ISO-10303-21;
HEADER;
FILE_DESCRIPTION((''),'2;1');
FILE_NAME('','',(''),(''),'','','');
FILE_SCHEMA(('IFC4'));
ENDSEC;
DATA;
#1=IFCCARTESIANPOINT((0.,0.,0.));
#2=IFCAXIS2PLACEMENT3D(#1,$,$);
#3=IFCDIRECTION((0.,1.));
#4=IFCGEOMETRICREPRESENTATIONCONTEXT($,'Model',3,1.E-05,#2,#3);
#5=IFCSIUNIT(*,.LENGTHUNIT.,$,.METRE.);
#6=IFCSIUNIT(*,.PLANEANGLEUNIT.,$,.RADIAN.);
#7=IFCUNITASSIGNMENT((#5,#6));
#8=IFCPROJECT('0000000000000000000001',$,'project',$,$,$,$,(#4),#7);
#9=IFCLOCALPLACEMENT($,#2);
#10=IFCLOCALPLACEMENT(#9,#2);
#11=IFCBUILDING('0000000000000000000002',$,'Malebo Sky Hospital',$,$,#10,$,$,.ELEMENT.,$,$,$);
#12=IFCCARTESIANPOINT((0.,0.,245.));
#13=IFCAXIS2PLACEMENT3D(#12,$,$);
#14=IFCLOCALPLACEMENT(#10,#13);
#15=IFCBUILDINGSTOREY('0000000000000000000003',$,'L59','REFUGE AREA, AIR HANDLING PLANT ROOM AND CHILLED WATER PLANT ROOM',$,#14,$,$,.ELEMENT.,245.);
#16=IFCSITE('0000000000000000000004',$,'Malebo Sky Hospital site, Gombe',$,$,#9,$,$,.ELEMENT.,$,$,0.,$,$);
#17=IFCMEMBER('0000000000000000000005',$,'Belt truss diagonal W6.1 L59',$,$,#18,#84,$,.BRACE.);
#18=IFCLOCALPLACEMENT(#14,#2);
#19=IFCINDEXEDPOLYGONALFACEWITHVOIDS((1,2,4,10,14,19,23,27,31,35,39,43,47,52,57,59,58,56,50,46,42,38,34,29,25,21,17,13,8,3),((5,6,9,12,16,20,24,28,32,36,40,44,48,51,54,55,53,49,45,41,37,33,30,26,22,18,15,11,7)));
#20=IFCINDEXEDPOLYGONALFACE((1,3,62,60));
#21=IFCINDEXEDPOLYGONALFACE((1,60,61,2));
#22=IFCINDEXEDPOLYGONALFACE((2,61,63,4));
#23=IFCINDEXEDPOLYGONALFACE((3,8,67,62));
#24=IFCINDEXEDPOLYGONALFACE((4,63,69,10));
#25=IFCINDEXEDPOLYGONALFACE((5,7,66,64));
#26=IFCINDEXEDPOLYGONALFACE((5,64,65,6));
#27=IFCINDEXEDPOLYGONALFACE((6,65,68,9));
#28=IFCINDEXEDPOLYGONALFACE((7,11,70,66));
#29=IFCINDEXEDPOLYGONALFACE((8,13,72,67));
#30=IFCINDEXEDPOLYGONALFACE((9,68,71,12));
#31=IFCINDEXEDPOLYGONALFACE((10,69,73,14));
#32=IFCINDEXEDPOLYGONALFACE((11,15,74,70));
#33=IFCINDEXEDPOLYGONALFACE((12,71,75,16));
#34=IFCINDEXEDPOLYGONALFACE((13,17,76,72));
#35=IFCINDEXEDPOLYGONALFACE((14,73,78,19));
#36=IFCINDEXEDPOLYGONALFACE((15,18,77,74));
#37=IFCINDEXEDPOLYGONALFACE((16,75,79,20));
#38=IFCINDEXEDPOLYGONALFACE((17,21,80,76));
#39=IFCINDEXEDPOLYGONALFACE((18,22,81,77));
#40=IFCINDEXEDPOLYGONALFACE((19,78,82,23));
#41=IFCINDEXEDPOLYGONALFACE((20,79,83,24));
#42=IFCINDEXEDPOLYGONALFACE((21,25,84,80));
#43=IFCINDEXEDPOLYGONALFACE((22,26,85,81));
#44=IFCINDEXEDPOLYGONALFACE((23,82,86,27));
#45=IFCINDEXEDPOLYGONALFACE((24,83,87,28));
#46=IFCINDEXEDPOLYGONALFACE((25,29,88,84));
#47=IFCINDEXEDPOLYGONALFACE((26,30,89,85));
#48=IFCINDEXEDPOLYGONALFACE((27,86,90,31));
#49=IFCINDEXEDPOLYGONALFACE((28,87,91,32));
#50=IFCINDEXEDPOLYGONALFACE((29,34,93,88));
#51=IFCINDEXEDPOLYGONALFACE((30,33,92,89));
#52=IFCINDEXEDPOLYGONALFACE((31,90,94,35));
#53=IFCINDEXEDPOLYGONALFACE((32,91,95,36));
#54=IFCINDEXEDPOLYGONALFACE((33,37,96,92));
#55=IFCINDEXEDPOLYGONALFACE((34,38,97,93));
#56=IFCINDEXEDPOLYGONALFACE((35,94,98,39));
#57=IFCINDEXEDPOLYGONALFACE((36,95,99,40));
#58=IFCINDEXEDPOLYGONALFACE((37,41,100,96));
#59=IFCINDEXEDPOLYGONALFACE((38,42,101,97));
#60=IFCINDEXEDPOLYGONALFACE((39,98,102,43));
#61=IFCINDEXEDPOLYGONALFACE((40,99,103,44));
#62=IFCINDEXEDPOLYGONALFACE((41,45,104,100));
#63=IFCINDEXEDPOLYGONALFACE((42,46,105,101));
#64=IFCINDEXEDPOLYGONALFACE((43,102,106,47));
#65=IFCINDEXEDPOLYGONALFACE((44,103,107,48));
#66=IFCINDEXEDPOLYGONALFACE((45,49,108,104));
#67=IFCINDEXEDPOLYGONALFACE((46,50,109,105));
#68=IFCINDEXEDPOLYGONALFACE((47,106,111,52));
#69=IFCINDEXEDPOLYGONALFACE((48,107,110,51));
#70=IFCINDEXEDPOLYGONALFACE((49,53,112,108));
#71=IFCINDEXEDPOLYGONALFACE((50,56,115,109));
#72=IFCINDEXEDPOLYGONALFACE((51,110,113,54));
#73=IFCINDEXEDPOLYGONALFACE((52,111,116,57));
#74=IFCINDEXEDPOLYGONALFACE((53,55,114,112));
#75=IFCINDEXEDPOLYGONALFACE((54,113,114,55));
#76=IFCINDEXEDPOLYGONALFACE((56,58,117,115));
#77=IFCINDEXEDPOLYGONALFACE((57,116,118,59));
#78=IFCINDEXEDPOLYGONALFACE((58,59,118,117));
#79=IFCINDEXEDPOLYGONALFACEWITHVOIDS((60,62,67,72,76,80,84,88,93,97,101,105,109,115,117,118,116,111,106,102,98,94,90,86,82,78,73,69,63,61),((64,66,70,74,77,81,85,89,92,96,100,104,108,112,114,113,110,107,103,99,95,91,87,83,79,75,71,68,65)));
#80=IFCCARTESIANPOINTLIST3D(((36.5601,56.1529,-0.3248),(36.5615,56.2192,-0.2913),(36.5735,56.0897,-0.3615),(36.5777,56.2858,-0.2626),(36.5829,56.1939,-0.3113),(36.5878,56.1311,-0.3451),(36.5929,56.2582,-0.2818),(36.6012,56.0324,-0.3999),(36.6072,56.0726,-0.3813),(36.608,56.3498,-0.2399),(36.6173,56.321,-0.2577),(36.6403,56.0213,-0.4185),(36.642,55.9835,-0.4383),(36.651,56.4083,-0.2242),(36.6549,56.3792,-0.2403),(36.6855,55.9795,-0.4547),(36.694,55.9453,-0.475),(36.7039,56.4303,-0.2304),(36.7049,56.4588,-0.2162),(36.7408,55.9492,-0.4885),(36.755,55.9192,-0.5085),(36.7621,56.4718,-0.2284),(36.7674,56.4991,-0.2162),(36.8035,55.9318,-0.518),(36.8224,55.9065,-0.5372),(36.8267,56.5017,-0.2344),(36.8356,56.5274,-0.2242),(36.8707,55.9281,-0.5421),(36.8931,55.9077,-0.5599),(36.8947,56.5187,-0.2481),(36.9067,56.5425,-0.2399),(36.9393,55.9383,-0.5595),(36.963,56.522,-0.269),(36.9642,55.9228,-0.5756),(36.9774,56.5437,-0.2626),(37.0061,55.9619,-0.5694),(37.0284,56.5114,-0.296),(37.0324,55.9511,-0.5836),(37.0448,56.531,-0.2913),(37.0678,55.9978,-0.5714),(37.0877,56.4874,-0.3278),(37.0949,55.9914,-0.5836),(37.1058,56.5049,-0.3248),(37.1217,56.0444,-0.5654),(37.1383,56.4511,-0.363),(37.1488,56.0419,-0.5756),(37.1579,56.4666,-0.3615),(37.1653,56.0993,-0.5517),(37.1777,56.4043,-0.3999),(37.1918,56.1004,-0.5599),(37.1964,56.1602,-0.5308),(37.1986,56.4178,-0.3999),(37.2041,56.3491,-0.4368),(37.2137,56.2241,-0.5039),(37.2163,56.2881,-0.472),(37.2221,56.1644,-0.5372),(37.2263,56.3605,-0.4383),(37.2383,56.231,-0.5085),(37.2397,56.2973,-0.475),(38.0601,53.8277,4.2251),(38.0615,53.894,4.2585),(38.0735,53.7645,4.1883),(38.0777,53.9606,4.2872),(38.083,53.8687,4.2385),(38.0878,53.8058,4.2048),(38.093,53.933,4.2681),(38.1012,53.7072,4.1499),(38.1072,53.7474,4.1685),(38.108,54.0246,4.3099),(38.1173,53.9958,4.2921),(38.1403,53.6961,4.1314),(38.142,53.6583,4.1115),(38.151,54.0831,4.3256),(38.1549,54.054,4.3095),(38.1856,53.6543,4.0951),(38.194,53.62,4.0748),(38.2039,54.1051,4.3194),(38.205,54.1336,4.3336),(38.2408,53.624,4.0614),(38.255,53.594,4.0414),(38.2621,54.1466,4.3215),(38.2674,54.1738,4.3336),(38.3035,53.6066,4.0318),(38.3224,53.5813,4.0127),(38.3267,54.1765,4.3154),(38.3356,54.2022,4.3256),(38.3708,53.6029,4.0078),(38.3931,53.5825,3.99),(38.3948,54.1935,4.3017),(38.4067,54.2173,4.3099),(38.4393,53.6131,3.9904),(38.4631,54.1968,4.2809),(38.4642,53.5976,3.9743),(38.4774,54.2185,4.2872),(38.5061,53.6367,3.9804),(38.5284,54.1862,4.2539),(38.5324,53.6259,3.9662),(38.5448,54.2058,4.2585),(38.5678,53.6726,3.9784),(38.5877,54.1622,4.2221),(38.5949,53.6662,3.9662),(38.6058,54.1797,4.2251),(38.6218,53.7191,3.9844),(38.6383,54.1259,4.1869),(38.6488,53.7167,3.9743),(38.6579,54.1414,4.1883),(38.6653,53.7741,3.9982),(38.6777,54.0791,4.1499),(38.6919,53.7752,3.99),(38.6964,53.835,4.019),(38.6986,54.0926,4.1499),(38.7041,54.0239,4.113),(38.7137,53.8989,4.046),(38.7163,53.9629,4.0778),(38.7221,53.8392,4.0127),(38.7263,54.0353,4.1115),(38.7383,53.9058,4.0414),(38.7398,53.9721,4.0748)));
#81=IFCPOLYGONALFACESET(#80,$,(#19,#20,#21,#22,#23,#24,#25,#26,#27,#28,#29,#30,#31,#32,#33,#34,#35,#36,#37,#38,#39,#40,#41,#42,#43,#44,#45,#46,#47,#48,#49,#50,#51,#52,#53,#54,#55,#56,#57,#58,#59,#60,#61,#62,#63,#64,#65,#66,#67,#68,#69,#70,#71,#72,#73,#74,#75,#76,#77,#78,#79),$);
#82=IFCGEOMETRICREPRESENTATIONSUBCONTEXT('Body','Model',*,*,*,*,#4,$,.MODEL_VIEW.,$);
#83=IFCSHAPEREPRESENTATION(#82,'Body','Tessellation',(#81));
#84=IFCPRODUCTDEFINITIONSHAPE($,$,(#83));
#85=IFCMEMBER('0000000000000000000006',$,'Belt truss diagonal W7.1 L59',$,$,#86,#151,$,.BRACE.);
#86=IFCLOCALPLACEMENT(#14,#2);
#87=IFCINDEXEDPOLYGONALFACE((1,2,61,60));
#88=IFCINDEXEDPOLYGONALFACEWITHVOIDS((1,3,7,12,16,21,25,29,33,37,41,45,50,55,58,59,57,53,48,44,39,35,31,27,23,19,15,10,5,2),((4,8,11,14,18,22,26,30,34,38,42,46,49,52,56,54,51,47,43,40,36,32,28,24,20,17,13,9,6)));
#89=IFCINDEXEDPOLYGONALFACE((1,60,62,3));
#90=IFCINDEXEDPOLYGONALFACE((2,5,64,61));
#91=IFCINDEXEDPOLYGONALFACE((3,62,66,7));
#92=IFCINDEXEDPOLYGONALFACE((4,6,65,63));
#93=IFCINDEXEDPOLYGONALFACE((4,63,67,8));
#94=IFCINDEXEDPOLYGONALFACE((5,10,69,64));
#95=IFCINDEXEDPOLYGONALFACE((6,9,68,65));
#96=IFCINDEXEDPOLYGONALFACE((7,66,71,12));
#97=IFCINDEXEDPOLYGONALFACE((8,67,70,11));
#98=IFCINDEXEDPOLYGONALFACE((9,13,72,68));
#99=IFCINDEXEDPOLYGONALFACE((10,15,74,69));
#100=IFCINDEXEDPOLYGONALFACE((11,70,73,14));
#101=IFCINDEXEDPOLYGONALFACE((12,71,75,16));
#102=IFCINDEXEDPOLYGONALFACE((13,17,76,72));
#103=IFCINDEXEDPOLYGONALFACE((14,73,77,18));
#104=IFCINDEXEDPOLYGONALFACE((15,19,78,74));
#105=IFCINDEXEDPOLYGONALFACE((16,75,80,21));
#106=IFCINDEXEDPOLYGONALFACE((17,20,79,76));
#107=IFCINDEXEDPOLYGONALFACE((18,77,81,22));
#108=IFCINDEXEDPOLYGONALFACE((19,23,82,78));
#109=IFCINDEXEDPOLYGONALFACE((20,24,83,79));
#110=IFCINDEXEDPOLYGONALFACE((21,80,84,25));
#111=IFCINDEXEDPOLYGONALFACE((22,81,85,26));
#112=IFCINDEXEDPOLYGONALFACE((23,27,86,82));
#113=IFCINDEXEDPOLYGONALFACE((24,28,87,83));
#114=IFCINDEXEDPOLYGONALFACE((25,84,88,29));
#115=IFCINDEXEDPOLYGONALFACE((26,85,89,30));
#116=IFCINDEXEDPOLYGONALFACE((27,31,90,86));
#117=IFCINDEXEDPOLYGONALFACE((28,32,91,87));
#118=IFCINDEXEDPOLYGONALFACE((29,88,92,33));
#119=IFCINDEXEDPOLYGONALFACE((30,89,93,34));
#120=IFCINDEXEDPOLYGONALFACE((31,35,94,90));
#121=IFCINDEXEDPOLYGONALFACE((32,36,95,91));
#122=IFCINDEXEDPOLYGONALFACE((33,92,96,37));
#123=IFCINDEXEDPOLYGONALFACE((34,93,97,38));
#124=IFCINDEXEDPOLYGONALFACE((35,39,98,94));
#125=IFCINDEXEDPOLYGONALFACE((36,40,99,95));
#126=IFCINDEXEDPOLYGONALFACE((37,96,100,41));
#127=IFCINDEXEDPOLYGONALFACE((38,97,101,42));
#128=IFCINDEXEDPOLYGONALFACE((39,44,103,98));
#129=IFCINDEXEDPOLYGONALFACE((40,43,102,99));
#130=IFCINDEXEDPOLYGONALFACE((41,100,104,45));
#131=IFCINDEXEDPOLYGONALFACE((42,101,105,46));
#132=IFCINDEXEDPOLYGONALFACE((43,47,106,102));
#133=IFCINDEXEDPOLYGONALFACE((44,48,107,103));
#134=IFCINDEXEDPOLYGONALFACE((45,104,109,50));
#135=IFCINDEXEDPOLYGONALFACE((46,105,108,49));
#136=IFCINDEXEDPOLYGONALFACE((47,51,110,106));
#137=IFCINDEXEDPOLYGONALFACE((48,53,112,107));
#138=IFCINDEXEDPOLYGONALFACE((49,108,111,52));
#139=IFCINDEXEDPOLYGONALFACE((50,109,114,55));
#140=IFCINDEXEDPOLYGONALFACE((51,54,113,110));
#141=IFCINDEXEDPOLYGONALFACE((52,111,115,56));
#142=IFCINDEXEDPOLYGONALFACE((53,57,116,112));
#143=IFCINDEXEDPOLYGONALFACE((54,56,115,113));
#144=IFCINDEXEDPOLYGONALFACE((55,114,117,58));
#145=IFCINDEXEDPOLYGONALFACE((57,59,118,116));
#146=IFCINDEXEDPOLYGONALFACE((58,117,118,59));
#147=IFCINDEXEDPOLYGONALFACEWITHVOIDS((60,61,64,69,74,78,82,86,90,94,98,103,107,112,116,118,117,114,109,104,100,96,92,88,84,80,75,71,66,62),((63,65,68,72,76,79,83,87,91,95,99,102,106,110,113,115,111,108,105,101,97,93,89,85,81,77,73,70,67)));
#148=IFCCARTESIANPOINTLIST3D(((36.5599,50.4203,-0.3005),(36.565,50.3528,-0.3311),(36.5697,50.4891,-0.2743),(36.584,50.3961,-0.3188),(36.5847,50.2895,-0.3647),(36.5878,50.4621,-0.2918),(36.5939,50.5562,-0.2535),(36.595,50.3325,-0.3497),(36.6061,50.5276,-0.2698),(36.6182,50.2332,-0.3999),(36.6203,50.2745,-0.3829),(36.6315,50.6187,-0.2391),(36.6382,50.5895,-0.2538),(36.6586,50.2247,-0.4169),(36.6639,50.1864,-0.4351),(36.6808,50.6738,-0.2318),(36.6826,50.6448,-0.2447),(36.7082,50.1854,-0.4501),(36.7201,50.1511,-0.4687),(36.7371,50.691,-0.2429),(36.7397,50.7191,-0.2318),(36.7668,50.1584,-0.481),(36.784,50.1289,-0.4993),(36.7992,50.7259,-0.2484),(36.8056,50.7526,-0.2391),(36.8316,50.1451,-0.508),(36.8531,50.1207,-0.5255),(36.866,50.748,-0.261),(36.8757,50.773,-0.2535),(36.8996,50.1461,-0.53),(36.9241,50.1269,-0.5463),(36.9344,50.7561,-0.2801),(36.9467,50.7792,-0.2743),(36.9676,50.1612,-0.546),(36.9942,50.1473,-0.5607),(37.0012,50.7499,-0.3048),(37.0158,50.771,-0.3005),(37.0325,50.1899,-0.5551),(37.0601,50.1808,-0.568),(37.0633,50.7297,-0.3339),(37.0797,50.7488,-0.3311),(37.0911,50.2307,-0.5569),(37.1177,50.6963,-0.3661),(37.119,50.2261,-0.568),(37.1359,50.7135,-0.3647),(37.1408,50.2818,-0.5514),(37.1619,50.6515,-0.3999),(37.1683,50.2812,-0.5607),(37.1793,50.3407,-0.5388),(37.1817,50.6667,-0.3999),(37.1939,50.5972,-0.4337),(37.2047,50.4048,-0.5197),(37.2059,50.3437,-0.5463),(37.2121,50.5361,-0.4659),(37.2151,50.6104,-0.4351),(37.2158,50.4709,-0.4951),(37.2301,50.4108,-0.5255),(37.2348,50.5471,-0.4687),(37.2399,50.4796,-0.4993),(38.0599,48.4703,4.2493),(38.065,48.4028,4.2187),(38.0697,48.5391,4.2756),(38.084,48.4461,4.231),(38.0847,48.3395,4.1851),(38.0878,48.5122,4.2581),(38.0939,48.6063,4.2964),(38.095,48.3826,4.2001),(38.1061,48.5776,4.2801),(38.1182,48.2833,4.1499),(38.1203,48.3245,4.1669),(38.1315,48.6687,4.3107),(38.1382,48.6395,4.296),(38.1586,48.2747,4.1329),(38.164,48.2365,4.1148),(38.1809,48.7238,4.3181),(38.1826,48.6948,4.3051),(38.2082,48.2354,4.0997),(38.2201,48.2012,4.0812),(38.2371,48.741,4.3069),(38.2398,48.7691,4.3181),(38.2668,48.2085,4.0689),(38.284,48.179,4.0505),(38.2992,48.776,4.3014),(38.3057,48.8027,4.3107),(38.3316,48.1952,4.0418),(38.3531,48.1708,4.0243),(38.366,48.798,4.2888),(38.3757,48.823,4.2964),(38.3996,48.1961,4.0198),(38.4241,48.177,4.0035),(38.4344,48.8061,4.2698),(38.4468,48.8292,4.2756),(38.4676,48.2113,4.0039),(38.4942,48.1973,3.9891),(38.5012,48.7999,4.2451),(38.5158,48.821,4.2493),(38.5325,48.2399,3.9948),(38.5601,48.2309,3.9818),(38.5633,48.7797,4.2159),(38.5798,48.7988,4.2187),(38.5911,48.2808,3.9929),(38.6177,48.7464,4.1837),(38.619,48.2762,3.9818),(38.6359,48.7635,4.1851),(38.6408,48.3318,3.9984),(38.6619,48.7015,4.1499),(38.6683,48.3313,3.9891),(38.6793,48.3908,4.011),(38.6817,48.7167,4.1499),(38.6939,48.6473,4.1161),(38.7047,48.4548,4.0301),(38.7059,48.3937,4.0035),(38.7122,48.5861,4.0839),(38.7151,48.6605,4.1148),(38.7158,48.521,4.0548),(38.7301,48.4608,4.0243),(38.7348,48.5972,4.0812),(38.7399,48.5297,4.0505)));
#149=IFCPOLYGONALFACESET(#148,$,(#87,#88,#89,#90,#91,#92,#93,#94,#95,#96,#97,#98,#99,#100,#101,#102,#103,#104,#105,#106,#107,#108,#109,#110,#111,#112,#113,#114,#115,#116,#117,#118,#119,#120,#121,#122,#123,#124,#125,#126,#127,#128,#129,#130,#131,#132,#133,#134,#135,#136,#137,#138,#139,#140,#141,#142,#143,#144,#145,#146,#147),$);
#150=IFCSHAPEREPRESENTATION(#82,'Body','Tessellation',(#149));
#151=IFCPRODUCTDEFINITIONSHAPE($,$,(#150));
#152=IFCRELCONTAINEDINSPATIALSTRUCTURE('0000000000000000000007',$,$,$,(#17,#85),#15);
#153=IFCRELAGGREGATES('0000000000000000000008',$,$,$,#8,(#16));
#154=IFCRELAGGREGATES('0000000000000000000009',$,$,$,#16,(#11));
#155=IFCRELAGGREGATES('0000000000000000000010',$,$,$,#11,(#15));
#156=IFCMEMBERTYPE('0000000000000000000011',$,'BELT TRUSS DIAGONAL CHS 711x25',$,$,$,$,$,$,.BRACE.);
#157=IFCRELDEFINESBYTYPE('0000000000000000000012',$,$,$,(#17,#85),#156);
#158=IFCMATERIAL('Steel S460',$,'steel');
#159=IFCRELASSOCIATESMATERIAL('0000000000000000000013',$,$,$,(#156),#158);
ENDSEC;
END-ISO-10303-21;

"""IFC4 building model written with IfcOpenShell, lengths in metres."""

from ifc_helpers import new_model, si_unit, direction, frame, origin, origin_2d, place, context, subcontext, project, spatial, hollow_circle, extrude, material, material_profile, profile_set, type_object, element, save


model = new_model("IFC4")

# Units and contexts
model_context = context("Model", 3, precision=1e-05, world=origin(), true_north=direction((0.0, 1.0)))
body_context = subcontext(model_context, "Body", "Model", "MODEL_VIEW")
ifc_project = project(units=[si_unit("LENGTHUNIT", "METRE"), si_unit("PLANEANGLEUNIT", "RADIAN")], contexts=[model_context])

# Site, building, storey
site_placement = place(None, origin())
site = spatial("IfcSite", under=ifc_project, at=site_placement, Name="Malebo Sky Hospital site, Gombe", CompositionType="ELEMENT", RefElevation=0.0)
building_placement = place(site_placement, origin())
building = spatial("IfcBuilding", under=site, at=building_placement, Name="Malebo Sky Hospital", CompositionType="ELEMENT")
storey_placement = place(building_placement, frame((0.0, 0.0, 245.0)))
storey = spatial("IfcBuildingStorey", under=building, at=storey_placement, Name="L59", Description="REFUGE AREA, AIR HANDLING PLANT ROOM AND CHILLED WATER PLANT ROOM", CompositionType="ELEMENT", Elevation=245.0)

# Members
ifc_material_1 = material(Name="Steel S460", Category="steel")
ifc_material_profile_1 = material_profile(ifc_material_1, hollow_circle(Radius=0.3555, WallThickness=0.0249, at=origin_2d()), Name="CHS 711x25")
ifc_profile_set_1 = profile_set([ifc_material_profile_1], Name="Steel S460")
member_type_1 = type_object("IfcMemberType", Name="BELT TRUSS DIAGONAL CHS 711x25", PredefinedType="BRACE", material=ifc_profile_set_1)
member_1_placement = place(storey_placement, frame((36.8999, 56.2251, -0.3999), z_axis=(0.281682, -0.436644, 0.854399), x_axis=(0.840317, 0.542095, 0.0)))
element("IfcMember", 1, at=member_1_placement, inside=storey, type_object=member_type_1, Name="Belt truss diagonal W6.1 L59", PredefinedType="BRACE", context=body_context, shape_type="SweptSolid", body=[
    extrude(hollow_circle(Radius=0.3555, WallThickness=0.0249, at=origin_2d()), origin(), (0.0, 0.0, 1.0), 5.3252),
])
member_2_placement = place(storey_placement, frame((36.8999, 50.45, -0.3999), z_axis=(0.290005, -0.376996, 0.879643), x_axis=(0.792617, 0.60972, 0.0)))
element("IfcMember", 2, at=member_2_placement, inside=storey, type_object=member_type_1, Name="Belt truss diagonal W7.1 L59", PredefinedType="BRACE", context=body_context, shape_type="SweptSolid", body=[
    extrude(hollow_circle(Radius=0.3555, WallThickness=0.0249, at=origin_2d()), origin(), (0.0, 0.0, 1.0), 5.1724),
])

save(model, "model.ifc")
